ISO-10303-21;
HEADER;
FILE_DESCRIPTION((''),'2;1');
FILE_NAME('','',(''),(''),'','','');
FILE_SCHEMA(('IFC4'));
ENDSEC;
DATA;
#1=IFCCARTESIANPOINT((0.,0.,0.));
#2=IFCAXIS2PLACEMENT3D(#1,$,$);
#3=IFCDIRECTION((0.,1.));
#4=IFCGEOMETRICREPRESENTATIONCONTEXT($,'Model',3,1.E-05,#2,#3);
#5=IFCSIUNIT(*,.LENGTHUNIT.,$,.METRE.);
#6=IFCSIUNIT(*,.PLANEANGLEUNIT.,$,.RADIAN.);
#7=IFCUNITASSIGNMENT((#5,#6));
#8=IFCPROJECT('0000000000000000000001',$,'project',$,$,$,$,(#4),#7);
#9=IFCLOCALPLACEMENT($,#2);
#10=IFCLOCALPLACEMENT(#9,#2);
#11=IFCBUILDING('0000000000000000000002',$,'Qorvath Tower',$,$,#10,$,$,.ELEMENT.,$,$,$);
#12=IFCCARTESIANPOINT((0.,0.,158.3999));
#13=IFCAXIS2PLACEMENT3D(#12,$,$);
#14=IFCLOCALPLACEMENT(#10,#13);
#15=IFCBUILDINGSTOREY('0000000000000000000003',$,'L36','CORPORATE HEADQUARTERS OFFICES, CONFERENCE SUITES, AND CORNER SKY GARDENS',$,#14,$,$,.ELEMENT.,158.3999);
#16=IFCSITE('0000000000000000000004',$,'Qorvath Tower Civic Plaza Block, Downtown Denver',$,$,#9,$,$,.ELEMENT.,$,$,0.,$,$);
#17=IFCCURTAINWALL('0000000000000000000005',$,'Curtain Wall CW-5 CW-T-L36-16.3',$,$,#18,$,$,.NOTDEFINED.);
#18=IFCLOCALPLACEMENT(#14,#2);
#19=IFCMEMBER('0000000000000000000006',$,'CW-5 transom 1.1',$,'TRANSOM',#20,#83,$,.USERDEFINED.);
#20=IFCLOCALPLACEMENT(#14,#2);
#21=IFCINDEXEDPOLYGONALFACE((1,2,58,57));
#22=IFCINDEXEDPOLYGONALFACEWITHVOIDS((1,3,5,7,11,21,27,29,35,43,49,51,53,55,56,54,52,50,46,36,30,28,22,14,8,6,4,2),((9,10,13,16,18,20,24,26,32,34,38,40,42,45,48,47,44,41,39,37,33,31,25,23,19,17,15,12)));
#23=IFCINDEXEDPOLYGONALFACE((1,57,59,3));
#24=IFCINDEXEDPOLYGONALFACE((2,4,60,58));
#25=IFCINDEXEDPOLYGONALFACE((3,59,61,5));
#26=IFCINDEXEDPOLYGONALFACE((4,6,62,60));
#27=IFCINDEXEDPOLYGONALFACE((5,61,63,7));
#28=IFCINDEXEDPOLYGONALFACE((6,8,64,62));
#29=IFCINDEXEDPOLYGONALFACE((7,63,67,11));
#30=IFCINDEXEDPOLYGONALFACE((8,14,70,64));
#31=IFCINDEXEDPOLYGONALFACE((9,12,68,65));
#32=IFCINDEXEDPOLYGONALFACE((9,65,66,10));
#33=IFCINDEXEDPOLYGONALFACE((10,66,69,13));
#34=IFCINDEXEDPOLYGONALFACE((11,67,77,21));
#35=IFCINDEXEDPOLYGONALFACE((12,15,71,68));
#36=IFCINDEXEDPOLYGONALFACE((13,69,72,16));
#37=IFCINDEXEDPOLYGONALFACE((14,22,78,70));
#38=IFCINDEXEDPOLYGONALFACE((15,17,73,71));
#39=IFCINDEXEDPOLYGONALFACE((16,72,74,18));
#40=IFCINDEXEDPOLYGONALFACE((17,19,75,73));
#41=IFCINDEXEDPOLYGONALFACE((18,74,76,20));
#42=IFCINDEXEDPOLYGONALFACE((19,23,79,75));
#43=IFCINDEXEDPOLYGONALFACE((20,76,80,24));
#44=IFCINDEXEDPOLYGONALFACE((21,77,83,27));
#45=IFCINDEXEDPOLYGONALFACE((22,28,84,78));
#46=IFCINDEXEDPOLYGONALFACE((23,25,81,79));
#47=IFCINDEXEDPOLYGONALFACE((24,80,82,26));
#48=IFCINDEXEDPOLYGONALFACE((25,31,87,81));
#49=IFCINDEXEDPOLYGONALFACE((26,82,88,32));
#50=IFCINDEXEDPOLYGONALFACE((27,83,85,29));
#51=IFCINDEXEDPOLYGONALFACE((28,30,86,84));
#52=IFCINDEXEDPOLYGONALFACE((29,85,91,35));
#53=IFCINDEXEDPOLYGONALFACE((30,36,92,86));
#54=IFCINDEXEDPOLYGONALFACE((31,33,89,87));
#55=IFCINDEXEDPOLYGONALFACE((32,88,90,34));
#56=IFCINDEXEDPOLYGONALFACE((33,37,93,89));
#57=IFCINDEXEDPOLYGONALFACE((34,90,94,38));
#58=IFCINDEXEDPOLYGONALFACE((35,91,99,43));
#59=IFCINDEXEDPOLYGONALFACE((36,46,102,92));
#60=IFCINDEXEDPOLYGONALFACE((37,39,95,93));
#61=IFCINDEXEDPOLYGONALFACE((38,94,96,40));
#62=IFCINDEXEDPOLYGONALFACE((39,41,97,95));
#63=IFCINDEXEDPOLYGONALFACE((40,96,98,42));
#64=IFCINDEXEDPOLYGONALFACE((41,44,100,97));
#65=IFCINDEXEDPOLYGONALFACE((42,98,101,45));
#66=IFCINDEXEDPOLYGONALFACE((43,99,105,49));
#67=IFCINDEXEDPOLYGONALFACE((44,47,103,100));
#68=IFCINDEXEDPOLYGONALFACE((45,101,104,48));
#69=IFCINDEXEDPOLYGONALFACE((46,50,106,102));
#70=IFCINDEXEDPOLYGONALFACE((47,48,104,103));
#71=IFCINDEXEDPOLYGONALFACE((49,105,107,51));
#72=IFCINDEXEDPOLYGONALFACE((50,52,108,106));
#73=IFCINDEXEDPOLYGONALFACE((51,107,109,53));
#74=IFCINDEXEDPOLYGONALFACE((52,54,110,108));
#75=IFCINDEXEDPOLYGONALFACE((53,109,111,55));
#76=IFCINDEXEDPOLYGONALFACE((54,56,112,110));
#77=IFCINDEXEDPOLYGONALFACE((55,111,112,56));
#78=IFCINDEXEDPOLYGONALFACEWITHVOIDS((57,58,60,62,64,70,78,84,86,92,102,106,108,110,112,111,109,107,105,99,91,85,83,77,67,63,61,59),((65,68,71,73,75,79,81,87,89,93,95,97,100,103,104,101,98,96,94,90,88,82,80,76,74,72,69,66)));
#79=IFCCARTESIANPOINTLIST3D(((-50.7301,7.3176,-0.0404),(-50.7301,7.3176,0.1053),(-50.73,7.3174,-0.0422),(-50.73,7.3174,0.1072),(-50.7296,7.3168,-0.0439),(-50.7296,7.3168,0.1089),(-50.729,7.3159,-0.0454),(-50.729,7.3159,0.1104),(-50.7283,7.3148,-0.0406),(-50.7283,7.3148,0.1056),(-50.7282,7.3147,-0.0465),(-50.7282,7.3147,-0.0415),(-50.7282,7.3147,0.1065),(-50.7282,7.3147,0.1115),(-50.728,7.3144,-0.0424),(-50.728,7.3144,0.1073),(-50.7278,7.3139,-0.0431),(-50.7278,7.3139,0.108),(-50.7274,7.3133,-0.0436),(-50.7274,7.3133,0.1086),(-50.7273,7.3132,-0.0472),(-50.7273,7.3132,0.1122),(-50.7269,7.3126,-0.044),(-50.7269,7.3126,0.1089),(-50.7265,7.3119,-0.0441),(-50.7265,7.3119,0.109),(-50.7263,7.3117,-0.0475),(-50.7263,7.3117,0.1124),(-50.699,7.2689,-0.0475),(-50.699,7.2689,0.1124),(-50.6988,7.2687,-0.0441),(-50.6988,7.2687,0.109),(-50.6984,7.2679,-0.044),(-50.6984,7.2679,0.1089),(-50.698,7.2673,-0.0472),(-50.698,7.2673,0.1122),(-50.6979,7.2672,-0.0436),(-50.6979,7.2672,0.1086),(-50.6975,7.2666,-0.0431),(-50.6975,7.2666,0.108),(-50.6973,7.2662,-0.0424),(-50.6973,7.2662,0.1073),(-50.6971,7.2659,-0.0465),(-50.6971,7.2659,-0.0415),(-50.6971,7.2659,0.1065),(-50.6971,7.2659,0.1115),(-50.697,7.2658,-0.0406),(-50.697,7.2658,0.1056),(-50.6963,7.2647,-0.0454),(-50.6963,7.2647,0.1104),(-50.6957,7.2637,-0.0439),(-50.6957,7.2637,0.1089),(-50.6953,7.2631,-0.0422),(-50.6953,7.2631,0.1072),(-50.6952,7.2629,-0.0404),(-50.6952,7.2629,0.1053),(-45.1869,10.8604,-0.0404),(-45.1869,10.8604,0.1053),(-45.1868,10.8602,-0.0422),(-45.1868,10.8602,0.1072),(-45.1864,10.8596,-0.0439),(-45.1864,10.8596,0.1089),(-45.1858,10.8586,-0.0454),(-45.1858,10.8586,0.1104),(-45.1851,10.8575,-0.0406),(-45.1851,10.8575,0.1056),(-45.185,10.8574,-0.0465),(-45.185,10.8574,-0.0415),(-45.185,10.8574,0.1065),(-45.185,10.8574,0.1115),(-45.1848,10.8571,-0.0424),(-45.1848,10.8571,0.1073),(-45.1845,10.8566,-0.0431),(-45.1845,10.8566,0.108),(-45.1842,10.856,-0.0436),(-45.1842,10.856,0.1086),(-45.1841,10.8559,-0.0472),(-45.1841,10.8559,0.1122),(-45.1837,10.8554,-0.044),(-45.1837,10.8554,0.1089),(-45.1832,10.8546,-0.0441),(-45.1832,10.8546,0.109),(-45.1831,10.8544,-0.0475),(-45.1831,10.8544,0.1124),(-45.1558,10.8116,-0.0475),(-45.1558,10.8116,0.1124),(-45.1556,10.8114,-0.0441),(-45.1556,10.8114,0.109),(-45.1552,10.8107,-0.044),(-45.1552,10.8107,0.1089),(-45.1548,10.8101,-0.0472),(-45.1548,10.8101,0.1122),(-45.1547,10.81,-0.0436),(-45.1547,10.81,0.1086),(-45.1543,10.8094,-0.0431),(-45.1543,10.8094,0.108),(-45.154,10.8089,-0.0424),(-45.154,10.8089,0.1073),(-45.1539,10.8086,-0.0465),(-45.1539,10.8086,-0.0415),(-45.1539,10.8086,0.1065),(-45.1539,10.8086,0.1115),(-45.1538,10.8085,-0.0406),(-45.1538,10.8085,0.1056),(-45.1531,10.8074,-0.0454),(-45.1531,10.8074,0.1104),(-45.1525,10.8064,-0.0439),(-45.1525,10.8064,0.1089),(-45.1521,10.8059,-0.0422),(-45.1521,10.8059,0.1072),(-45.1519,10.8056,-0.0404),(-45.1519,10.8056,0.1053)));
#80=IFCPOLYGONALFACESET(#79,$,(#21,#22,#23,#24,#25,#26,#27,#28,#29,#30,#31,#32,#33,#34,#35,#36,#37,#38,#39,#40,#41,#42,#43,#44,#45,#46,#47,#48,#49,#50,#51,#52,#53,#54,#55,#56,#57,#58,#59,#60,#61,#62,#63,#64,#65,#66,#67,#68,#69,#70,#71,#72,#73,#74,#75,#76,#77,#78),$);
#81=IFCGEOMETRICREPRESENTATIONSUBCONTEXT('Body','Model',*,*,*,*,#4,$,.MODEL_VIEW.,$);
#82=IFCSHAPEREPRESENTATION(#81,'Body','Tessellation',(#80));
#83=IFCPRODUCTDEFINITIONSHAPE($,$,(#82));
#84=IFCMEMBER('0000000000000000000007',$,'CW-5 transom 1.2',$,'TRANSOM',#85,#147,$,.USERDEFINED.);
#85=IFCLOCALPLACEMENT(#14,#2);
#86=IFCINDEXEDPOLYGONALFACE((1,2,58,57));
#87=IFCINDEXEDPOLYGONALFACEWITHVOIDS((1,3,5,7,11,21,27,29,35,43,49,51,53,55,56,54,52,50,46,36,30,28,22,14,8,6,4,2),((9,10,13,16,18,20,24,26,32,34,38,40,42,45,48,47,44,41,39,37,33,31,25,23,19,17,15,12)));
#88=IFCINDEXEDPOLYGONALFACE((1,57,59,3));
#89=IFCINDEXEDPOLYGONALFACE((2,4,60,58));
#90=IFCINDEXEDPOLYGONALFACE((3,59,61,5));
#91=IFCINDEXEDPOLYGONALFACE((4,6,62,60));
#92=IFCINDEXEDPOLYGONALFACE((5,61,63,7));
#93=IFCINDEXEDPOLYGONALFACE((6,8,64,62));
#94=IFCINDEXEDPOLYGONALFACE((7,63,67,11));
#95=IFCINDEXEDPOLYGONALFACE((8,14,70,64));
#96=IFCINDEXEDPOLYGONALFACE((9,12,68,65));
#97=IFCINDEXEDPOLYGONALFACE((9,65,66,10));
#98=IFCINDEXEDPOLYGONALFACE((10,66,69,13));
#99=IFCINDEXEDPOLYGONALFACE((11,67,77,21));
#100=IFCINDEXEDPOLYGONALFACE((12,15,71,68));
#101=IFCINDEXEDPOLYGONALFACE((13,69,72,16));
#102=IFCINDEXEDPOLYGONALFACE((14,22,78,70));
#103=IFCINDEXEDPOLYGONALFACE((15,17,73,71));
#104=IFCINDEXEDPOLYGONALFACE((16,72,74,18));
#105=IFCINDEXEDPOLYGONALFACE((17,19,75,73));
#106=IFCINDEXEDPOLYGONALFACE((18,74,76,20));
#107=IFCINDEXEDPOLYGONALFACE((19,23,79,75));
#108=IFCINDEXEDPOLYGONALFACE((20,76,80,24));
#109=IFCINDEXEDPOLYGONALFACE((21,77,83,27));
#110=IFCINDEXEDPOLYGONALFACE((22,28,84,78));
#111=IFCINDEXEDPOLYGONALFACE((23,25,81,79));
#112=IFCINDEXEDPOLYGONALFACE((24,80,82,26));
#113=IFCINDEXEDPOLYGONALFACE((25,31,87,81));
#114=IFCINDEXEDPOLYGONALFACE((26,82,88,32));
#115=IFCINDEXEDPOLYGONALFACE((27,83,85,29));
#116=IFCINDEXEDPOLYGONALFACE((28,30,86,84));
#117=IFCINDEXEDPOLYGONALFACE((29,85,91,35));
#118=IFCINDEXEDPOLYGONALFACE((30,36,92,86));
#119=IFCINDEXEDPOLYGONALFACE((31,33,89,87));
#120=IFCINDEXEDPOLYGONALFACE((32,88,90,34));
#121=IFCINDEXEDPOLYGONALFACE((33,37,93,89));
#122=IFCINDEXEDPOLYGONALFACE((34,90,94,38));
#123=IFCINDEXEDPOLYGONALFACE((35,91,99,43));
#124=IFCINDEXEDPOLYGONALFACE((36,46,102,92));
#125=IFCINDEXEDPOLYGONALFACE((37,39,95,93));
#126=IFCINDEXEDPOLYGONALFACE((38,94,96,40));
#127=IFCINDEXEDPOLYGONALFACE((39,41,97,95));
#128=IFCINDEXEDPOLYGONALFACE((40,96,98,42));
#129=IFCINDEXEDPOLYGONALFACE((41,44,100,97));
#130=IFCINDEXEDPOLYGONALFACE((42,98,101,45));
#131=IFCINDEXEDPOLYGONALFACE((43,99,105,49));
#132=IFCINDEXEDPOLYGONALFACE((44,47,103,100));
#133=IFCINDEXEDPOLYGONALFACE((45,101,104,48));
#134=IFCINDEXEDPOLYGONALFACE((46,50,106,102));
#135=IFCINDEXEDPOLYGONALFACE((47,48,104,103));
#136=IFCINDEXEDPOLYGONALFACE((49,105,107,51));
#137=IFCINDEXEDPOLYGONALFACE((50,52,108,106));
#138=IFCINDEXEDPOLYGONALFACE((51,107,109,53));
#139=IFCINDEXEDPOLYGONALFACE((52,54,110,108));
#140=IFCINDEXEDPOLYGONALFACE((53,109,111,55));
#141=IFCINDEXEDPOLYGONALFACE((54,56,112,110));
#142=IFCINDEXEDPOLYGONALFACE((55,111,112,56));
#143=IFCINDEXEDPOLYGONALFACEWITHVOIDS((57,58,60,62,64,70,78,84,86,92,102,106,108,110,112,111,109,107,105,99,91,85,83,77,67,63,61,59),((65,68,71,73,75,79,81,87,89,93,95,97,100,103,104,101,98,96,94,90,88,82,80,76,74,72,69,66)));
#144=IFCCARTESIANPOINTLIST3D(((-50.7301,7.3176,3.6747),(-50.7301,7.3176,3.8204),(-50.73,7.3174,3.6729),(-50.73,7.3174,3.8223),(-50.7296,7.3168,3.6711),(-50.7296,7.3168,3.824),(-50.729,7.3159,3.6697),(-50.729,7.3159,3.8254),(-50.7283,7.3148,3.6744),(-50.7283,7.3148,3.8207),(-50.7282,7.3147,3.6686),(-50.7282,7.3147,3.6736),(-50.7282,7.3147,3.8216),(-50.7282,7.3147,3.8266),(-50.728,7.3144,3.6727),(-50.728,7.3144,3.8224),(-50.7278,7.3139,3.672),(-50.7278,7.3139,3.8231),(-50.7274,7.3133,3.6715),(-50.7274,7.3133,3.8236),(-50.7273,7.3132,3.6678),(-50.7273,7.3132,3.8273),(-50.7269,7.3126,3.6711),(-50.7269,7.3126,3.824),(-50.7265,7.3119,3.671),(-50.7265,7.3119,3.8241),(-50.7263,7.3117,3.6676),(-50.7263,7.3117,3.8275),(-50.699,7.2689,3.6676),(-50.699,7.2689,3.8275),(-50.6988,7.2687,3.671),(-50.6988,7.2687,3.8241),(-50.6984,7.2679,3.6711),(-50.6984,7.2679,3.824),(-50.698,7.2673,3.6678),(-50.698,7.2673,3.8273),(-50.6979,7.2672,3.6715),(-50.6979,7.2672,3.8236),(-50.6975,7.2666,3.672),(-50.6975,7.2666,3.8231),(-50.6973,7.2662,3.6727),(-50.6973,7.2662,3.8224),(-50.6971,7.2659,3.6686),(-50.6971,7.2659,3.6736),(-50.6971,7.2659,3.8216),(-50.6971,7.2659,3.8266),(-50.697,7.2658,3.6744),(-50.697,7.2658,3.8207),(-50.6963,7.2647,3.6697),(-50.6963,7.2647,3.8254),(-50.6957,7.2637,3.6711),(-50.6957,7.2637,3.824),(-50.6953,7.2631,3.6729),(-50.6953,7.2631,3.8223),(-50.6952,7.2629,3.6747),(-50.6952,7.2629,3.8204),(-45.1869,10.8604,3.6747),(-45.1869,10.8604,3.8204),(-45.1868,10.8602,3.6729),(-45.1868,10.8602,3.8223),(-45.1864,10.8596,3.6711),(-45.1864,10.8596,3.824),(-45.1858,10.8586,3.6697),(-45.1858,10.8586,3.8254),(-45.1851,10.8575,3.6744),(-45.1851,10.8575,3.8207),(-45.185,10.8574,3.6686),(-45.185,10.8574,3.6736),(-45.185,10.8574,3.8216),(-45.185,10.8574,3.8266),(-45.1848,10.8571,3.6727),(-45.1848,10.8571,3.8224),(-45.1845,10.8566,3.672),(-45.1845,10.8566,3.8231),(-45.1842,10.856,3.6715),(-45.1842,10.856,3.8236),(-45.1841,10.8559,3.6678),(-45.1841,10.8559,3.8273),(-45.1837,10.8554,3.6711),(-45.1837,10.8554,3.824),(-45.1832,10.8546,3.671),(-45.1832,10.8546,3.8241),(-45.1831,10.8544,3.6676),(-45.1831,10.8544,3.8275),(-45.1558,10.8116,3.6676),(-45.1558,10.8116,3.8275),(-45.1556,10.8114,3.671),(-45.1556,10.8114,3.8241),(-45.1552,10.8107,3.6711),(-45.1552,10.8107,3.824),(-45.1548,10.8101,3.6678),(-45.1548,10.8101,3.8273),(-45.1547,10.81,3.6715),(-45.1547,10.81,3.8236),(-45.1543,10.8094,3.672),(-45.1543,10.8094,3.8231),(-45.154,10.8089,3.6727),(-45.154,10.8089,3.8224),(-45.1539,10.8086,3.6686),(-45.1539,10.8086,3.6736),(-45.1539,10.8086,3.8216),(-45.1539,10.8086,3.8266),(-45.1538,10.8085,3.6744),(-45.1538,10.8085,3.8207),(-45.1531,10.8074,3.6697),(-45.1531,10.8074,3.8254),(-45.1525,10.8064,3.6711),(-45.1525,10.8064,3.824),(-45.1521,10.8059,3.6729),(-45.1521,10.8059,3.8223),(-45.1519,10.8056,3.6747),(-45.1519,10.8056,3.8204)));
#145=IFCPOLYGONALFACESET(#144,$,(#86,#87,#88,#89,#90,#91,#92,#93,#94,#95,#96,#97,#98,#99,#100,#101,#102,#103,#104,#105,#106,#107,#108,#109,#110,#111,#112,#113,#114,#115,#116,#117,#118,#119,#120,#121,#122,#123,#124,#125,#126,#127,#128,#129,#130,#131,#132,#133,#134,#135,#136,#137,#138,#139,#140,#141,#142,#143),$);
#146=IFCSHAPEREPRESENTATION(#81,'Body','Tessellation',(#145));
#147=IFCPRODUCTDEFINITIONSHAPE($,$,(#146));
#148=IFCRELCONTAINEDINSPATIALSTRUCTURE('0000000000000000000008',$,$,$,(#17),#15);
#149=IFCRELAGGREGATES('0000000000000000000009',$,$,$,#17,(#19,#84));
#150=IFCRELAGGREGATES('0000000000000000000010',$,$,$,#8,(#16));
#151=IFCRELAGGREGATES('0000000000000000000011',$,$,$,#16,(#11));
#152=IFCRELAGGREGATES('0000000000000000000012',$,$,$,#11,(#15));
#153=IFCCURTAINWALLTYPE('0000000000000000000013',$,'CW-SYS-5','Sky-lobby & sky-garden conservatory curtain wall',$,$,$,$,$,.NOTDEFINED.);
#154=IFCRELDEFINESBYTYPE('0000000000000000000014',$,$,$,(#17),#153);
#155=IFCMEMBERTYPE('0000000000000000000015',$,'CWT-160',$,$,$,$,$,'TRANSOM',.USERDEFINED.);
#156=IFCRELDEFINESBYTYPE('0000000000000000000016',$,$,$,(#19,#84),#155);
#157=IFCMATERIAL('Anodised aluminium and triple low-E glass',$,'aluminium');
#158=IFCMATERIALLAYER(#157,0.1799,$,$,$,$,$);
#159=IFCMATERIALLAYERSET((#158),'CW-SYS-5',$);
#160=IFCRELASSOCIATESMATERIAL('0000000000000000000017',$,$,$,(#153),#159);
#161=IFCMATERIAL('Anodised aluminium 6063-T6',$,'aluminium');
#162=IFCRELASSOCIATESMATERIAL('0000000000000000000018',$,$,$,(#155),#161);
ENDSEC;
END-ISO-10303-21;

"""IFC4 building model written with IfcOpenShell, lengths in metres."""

from ifc_helpers import new_model, si_unit, direction, frame, origin, origin_2d, place, context, subcontext, project, spatial, hollow_rectangle, extrude, material, layer, layer_set, material_profile, profile_set, type_object, element, aggregate, save


model = new_model("IFC4")

# Units and contexts
model_context = context("Model", 3, precision=1e-05, world=origin(), true_north=direction((0.0, 1.0)))
body_context = subcontext(model_context, "Body", "Model", "MODEL_VIEW")
ifc_project = project(units=[si_unit("LENGTHUNIT", "METRE"), si_unit("PLANEANGLEUNIT", "RADIAN")], contexts=[model_context])

# Site, building, storey
site_placement = place(None, origin())
site = spatial("IfcSite", under=ifc_project, at=site_placement, Name="Qorvath Tower Civic Plaza Block, Downtown Denver", CompositionType="ELEMENT", RefElevation=0.0)
building_placement = place(site_placement, origin())
building = spatial("IfcBuilding", under=site, at=building_placement, Name="Qorvath Tower", CompositionType="ELEMENT")
storey_placement = place(building_placement, frame((0.0, 0.0, 158.3999)))
storey = spatial("IfcBuildingStorey", under=building, at=storey_placement, Name="L36", Description="CORPORATE HEADQUARTERS OFFICES, CONFERENCE SUITES, AND CORNER SKY GARDENS", CompositionType="ELEMENT", Elevation=158.3999)

# Curtain wall
ifc_material_1 = material(Name="Anodised aluminium and triple low-E glass", Category="aluminium")
ifc_layer_1 = layer(ifc_material_1, 0.1799)
ifc_layer_set_1 = layer_set([ifc_layer_1], Name="CW-SYS-5")
curtain_wall_type = type_object("IfcCurtainWallType", Name="CW-SYS-5", Description="Sky-lobby & sky-garden conservatory curtain wall", PredefinedType="NOTDEFINED", material=ifc_layer_set_1)
curtain_wall_1_placement = place(storey_placement, origin())
curtain_wall_1 = element("IfcCurtainWall", 1, at=curtain_wall_1_placement, inside=storey, type_object=curtain_wall_type, Name="Curtain Wall CW-5 CW-T-L36-16.3", PredefinedType="NOTDEFINED")

# Members
ifc_material_2 = material(Name="Anodised aluminium 6063-T6", Category="aluminium")
ifc_material_profile_1 = material_profile(ifc_material_2, hollow_rectangle(XDim=0.0649, YDim=0.1599, WallThickness=0.0034, InnerFilletRadius=0.0034, OuterFilletRadius=0.0071, at=origin_2d()), Name="CWT 160x65")
ifc_profile_set_1 = profile_set([ifc_material_profile_1], Name="Anodised aluminium 6063-T6")
member_type_1 = type_object("IfcMemberType", Name="CWT-160", ElementType="TRANSOM", PredefinedType="USERDEFINED", material=ifc_profile_set_1)
member_1_placement = place(storey_placement, frame((-45.1694, 10.833, 0.0325), z_axis=(-0.842612, -0.538522, 0.0), x_axis=(0.538522, -0.842612, 0.0)))
member_1 = element("IfcMember", 2, at=member_1_placement, type_object=member_type_1, Name="CW-5 transom 1.1", ObjectType="TRANSOM", PredefinedType="USERDEFINED", context=body_context, shape_type="SweptSolid", body=[
    extrude(hollow_rectangle(XDim=0.0649, YDim=0.1599, WallThickness=0.0034, InnerFilletRadius=0.0034, OuterFilletRadius=0.0071, at=origin_2d()), origin(), (0.0, 0.0, 1.0), 6.5786),
])
member_2_placement = place(storey_placement, frame((-45.1694, 10.833, 3.7476), z_axis=(-0.842612, -0.538522, 0.0), x_axis=(0.538522, -0.842612, 0.0)))
member_2 = element("IfcMember", 3, at=member_2_placement, type_object=member_type_1, Name="CW-5 transom 1.2", ObjectType="TRANSOM", PredefinedType="USERDEFINED", context=body_context, shape_type="SweptSolid", body=[
    extrude(hollow_rectangle(XDim=0.0649, YDim=0.1599, WallThickness=0.0034, InnerFilletRadius=0.0034, OuterFilletRadius=0.0071, at=origin_2d()), origin(), (0.0, 0.0, 1.0), 6.5786),
])

aggregate(curtain_wall_1, [member_1, member_2])

save(model, "model.ifc")
